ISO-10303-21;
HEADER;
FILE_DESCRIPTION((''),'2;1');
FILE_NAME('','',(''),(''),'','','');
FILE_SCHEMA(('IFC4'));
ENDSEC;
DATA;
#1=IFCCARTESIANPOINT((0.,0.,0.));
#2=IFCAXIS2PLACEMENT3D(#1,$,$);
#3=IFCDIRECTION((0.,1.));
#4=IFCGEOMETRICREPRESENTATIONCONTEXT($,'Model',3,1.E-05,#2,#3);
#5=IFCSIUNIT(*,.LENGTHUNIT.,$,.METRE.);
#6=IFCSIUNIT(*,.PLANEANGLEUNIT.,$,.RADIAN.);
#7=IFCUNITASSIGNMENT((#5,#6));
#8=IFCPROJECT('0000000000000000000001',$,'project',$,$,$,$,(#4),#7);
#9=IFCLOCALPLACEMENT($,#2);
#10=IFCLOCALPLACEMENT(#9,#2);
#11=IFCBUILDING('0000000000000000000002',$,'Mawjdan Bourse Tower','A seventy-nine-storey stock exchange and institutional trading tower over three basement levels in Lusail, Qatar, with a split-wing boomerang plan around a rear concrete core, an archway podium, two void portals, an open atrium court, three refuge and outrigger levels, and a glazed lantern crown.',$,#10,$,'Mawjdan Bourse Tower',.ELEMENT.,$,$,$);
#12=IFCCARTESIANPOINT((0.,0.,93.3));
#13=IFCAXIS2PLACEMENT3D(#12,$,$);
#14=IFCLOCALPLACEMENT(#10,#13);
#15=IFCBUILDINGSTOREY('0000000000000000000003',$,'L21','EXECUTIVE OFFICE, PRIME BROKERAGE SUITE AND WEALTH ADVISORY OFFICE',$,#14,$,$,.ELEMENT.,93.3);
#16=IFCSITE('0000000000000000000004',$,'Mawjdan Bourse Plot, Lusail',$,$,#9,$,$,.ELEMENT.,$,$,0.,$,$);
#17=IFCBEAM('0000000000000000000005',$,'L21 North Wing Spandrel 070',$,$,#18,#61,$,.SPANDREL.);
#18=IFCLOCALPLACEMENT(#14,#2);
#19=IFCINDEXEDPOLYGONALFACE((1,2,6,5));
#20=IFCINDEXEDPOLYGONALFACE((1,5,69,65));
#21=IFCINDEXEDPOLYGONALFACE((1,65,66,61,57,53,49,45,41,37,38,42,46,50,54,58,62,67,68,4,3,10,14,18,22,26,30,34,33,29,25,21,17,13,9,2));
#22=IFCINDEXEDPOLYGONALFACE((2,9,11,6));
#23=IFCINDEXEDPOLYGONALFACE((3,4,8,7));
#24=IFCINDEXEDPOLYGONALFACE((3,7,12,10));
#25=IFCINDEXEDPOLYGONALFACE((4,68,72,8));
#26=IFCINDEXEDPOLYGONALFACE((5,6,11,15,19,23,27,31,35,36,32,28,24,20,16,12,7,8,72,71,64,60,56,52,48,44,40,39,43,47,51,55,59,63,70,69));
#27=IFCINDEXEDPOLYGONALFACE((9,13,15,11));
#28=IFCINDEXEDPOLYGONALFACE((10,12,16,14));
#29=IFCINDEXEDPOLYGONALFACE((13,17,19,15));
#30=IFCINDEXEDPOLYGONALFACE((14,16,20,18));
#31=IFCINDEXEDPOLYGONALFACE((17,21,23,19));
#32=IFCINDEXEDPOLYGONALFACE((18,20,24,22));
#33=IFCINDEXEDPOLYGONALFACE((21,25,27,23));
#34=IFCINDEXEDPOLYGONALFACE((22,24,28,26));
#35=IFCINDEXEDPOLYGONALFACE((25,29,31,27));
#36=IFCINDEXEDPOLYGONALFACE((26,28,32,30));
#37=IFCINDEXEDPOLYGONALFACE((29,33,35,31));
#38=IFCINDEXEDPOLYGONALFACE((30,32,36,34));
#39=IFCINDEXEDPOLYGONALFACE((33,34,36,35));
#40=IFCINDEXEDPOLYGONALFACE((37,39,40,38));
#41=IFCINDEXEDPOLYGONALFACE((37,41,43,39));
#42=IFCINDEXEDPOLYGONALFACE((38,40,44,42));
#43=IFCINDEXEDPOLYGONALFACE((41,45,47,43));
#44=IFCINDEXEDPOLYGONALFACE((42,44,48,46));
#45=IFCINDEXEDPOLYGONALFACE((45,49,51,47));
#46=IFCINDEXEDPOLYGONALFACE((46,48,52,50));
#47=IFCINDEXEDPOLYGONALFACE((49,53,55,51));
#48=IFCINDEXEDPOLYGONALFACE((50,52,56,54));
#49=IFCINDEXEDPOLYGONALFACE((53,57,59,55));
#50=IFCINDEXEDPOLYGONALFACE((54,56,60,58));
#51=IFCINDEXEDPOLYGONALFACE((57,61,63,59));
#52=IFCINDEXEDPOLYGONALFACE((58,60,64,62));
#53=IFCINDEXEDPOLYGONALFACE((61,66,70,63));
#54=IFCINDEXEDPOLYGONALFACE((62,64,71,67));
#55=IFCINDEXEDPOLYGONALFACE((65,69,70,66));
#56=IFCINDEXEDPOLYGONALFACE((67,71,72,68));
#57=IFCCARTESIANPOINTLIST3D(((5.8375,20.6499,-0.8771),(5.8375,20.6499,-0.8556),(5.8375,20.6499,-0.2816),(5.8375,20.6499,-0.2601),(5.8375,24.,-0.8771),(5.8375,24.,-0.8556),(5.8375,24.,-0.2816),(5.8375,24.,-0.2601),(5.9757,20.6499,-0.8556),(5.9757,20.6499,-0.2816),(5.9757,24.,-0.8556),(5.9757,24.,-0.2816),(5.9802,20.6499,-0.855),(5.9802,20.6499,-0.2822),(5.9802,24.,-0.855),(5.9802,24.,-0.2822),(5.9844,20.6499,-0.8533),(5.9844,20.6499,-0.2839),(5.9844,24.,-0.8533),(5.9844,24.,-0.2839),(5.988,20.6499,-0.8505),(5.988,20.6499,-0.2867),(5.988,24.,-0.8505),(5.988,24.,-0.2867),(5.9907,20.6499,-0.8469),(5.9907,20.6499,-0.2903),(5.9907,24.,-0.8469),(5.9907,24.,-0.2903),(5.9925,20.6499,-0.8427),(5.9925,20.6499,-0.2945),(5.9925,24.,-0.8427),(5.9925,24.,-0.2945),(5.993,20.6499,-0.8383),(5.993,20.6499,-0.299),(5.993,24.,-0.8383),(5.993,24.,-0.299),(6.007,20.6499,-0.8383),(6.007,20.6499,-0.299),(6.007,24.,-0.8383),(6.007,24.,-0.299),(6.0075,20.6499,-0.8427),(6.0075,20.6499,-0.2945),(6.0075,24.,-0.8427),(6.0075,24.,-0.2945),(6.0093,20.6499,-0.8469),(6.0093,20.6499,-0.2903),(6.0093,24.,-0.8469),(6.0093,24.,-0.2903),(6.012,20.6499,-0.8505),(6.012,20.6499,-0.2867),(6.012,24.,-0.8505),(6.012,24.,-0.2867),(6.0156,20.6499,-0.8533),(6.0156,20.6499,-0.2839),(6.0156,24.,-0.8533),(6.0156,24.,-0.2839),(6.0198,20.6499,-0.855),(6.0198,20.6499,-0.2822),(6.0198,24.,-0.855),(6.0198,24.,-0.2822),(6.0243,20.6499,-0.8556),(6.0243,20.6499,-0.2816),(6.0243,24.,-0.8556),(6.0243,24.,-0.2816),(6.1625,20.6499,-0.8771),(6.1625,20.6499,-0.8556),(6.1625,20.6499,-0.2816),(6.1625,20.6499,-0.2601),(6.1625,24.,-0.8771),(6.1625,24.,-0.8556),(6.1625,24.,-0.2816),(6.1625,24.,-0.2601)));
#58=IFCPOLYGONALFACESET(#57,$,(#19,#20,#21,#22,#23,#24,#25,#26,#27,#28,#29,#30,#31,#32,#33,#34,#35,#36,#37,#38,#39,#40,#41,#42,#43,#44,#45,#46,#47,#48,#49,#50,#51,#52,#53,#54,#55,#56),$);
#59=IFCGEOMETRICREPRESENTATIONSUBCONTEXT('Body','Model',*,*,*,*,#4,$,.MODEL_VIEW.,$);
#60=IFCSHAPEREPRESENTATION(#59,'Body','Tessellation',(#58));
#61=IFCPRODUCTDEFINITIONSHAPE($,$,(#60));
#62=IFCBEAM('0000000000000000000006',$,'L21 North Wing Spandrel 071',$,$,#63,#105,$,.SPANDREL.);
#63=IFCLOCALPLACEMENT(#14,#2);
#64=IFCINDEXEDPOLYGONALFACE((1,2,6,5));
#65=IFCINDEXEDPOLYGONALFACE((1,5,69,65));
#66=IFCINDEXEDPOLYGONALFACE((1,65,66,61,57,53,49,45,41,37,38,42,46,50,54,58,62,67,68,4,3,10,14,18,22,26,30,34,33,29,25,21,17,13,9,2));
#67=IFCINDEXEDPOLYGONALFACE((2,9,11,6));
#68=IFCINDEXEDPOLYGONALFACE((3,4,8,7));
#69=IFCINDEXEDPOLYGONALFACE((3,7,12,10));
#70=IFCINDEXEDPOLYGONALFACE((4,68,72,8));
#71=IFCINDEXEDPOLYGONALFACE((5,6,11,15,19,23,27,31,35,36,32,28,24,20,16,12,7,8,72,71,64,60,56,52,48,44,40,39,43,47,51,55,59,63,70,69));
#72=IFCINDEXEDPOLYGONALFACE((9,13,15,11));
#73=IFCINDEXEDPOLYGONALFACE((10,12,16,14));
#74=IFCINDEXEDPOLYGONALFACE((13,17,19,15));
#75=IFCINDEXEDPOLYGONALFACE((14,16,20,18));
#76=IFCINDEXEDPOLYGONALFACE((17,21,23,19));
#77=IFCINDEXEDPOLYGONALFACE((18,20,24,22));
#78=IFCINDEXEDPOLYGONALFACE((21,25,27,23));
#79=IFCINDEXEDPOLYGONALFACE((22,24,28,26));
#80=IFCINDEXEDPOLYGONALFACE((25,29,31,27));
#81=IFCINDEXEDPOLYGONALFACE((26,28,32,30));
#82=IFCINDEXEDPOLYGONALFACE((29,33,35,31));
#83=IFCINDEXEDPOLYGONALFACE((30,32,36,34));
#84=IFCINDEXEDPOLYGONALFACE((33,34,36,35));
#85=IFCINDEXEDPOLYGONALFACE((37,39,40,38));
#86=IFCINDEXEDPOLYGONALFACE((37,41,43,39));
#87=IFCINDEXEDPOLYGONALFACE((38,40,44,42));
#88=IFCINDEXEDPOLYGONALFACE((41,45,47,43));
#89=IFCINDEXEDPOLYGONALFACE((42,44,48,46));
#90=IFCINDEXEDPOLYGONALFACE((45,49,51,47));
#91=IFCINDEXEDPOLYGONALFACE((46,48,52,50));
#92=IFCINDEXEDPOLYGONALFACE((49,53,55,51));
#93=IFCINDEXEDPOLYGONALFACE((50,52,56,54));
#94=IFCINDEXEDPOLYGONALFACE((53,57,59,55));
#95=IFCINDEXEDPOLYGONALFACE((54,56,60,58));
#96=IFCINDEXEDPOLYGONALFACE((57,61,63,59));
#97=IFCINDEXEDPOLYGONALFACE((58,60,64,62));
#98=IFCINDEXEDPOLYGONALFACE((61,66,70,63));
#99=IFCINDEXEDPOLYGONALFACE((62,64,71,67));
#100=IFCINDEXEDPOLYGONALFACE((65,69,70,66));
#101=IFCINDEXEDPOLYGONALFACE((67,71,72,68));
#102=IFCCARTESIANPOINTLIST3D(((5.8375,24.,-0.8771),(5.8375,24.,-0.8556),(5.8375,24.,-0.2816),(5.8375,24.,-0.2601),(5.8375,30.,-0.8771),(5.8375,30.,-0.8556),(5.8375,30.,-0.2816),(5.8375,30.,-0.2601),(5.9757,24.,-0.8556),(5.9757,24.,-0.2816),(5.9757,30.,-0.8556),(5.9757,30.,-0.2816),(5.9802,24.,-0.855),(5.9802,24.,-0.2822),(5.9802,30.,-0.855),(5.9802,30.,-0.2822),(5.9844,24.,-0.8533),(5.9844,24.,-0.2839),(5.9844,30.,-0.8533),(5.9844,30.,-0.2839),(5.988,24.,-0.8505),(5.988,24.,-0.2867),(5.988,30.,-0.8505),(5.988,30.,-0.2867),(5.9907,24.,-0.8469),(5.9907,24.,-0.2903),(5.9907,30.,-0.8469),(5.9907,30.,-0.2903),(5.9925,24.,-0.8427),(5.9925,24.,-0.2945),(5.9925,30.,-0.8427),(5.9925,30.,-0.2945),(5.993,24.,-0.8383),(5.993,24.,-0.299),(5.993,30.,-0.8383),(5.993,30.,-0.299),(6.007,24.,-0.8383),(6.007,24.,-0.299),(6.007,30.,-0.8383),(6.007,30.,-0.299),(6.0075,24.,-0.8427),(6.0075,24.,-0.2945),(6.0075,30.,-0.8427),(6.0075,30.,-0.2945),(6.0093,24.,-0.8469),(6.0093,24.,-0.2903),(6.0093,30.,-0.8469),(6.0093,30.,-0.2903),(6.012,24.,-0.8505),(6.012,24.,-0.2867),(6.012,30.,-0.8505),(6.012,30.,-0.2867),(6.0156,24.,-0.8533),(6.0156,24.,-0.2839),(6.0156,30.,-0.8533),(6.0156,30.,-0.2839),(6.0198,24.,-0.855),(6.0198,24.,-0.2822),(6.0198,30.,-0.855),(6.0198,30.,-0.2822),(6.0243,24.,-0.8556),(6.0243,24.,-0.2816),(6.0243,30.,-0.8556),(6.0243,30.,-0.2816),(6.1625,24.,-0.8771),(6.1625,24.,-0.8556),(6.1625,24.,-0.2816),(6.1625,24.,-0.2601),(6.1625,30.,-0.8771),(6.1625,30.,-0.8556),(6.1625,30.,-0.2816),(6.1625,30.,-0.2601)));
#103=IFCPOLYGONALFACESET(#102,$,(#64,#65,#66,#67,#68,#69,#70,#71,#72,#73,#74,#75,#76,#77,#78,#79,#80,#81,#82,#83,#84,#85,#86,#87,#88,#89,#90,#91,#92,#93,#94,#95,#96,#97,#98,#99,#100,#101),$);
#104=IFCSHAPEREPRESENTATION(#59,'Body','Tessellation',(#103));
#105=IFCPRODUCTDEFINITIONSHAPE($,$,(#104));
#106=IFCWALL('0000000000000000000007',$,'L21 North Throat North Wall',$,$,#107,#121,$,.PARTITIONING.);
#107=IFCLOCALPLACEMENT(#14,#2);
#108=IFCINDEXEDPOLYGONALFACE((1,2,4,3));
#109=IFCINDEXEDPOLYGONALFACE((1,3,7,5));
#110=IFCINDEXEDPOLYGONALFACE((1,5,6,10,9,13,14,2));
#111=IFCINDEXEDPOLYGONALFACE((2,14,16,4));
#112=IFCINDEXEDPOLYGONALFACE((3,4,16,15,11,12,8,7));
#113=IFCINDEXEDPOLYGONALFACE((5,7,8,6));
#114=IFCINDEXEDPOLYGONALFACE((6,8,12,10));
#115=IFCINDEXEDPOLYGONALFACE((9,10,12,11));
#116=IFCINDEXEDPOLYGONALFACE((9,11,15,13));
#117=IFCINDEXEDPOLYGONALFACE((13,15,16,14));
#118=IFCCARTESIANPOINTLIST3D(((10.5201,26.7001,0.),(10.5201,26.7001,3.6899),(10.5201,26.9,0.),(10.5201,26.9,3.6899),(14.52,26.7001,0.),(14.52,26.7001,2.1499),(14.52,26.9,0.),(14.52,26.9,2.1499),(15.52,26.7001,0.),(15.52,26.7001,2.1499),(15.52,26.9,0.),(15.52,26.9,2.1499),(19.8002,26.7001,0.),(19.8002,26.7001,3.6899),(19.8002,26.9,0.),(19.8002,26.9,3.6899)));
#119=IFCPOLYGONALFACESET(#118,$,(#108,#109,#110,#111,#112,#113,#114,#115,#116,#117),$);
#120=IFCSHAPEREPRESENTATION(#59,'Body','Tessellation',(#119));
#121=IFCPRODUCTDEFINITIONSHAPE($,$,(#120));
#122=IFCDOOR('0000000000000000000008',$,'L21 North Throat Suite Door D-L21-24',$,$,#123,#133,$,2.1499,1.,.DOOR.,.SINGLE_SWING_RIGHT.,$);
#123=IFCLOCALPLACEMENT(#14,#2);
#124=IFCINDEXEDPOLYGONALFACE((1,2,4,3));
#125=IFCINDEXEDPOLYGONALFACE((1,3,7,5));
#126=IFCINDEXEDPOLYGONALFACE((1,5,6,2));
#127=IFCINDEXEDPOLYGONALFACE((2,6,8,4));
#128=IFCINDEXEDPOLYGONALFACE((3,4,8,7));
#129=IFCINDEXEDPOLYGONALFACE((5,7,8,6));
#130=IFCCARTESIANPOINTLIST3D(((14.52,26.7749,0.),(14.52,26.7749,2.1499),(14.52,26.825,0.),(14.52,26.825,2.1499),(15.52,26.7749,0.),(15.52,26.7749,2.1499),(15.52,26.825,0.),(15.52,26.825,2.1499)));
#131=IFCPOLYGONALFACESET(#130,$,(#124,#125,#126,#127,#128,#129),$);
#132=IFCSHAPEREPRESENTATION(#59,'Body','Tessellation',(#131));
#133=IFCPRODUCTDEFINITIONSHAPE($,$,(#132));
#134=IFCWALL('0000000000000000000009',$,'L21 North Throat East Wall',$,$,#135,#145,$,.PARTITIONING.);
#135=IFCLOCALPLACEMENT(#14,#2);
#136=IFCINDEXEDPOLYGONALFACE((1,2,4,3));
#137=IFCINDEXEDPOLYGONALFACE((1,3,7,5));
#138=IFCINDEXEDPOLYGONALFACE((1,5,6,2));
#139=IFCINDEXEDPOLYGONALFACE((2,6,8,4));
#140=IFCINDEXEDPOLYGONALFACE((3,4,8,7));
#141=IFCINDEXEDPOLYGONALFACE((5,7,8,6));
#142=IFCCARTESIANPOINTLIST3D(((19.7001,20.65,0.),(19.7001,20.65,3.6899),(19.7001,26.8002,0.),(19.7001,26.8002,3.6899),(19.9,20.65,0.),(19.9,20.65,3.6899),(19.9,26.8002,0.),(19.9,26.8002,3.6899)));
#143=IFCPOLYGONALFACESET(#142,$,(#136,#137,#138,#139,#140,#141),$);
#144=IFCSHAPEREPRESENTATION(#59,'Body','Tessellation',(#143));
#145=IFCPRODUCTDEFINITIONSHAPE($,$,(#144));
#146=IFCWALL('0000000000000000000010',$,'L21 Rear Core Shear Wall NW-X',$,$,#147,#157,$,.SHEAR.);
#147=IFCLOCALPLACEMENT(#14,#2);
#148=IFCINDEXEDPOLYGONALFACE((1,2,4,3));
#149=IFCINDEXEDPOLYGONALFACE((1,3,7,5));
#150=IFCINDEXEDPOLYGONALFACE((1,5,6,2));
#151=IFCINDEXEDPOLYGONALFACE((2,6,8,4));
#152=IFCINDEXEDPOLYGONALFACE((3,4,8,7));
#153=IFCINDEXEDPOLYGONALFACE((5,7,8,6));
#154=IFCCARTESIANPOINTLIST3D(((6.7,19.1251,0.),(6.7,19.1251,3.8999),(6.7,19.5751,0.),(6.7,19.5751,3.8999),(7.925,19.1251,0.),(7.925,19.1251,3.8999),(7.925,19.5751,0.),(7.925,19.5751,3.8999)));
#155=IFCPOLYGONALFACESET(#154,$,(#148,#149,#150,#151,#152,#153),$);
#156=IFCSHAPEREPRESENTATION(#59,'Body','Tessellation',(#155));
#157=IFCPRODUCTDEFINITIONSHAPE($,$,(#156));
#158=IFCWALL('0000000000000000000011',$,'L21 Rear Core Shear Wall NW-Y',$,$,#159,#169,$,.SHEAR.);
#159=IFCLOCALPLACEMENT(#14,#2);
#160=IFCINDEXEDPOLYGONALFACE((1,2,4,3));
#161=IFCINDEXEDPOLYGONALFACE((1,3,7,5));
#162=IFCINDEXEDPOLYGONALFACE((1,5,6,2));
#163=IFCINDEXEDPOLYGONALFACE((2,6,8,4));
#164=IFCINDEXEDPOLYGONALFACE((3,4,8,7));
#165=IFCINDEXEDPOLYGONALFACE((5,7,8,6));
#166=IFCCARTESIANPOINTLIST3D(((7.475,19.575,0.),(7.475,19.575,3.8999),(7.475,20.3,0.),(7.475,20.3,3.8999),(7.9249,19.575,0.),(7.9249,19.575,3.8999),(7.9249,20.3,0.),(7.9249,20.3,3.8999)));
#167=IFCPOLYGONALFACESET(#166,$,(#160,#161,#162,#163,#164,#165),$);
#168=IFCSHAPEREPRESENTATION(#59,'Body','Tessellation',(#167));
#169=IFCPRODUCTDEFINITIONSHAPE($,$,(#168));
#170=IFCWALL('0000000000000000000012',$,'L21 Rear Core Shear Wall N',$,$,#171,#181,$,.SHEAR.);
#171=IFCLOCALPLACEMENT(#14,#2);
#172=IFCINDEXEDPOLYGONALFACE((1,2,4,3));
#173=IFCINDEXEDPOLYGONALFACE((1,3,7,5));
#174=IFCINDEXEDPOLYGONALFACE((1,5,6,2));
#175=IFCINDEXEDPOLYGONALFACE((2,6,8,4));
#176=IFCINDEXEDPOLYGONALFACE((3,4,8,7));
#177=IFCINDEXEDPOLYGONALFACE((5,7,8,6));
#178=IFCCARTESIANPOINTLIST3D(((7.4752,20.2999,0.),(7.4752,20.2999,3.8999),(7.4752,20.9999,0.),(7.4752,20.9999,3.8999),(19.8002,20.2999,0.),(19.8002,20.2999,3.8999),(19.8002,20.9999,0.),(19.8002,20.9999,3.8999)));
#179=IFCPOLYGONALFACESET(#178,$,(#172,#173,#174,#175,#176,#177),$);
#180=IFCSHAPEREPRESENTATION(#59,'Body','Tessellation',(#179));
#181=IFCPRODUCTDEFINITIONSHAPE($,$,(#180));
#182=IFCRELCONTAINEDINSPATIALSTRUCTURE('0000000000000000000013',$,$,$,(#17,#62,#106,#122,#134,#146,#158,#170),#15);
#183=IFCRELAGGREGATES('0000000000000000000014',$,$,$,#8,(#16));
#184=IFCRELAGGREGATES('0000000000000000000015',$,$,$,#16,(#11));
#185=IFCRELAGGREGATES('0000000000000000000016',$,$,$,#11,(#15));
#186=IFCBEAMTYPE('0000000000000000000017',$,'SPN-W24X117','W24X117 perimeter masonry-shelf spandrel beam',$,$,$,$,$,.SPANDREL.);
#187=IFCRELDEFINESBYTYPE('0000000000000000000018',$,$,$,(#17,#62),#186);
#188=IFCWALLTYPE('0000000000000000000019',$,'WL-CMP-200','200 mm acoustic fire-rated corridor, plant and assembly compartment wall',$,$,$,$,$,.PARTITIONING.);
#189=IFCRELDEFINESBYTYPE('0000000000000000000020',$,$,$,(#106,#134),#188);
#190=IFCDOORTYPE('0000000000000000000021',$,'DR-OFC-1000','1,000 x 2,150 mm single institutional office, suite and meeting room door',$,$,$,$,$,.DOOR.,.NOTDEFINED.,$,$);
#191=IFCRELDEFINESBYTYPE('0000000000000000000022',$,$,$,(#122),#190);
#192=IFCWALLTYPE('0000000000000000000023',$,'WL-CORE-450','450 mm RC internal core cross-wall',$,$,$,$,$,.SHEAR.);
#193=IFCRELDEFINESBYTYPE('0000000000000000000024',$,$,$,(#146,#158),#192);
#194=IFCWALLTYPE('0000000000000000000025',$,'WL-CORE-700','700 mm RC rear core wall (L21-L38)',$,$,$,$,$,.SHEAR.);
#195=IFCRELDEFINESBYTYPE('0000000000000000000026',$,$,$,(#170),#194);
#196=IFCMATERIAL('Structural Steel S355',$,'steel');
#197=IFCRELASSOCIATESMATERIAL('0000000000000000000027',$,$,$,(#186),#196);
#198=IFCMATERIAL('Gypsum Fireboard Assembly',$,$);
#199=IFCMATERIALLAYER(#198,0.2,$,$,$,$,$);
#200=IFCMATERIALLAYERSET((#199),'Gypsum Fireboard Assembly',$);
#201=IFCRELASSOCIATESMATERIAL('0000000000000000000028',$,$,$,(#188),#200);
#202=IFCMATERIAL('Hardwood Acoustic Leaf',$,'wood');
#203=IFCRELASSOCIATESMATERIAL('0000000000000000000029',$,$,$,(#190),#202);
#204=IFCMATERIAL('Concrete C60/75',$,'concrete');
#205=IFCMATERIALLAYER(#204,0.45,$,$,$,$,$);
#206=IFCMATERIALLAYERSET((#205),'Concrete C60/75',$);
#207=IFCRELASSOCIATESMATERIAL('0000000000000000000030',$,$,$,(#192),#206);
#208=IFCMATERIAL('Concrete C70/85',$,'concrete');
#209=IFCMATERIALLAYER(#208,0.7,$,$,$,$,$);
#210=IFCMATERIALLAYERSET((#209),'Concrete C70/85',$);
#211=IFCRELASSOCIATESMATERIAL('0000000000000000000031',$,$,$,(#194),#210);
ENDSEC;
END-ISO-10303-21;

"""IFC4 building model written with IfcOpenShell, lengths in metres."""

from ifc_helpers import new_model, si_unit, direction, frame, frame_2d, origin, origin_2d, place, context, subcontext, project, spatial, rectangle, i_section, extrude, material, layer, layer_set, material_profile, profile_set, type_object, element, fill, save


model = new_model("IFC4")

# Units and contexts
model_context = context("Model", 3, precision=1e-05, world=origin(), true_north=direction((0.0, 1.0)))
body_context = subcontext(model_context, "Body", "Model", "MODEL_VIEW")
ifc_project = project(units=[si_unit("LENGTHUNIT", "METRE"), si_unit("PLANEANGLEUNIT", "RADIAN")], contexts=[model_context])

# Site, building, storey
site_placement = place(None, origin())
site = spatial("IfcSite", under=ifc_project, at=site_placement, Name="Mawjdan Bourse Plot, Lusail", CompositionType="ELEMENT", RefElevation=0.0)
building_placement = place(site_placement, origin())
building = spatial("IfcBuilding", under=site, at=building_placement, Name="Mawjdan Bourse Tower", Description="A seventy-nine-storey stock exchange and institutional trading tower over three basement levels in Lusail, Qatar, with a split-wing boomerang plan around a rear concrete core, an archway podium, two void portals, an open atrium court, three refuge and outrigger levels, and a glazed lantern crown.", LongName="Mawjdan Bourse Tower", CompositionType="ELEMENT")
storey_placement = place(building_placement, frame((0.0, 0.0, 93.3)))
storey = spatial("IfcBuildingStorey", under=building, at=storey_placement, Name="L21", Description="EXECUTIVE OFFICE, PRIME BROKERAGE SUITE AND WEALTH ADVISORY OFFICE", CompositionType="ELEMENT", Elevation=93.3)

# Shared definitions
ifc_material_1 = material(Name="Concrete C70/85", Category="concrete")

# Beams
ifc_material_2 = material(Name="Structural Steel S355", Category="steel")
ifc_material_profile_1 = material_profile(ifc_material_2, i_section(OverallWidth=0.325, OverallDepth=0.6169, WebThickness=0.0139, FlangeThickness=0.0215, FilletRadius=0.0173, at=origin_2d()), Name="W24X117")
ifc_profile_set_1 = profile_set([ifc_material_profile_1], Name="Structural Steel S355")
beam_type_1 = type_object("IfcBeamType", Name="SPN-W24X117", Description="W24X117 perimeter masonry-shelf spandrel beam", PredefinedType="SPANDREL", material=ifc_profile_set_1)
beam_1_placement = place(storey_placement, frame((6.0, 20.6499, -0.5686), z_axis=(0.0, 1.0, 0.0), x_axis=(-1.0, 0.0, 0.0)))
element("IfcBeam", 1, at=beam_1_placement, inside=storey, type_object=beam_type_1, Name="L21 North Wing Spandrel 070", PredefinedType="SPANDREL", context=body_context, shape_type="SweptSolid", body=[
    extrude(i_section(OverallWidth=0.325, OverallDepth=0.6169, WebThickness=0.0139, FlangeThickness=0.0215, FilletRadius=0.0173, at=origin_2d()), origin(), (0.0, 0.0, 1.0), 3.3501),
])
beam_2_placement = place(storey_placement, frame((6.0, 24.0, -0.5686), z_axis=(0.0, 1.0, 0.0), x_axis=(-1.0, 0.0, 0.0)))
element("IfcBeam", 2, at=beam_2_placement, inside=storey, type_object=beam_type_1, Name="L21 North Wing Spandrel 071", PredefinedType="SPANDREL", context=body_context, shape_type="SweptSolid", body=[
    extrude(i_section(OverallWidth=0.325, OverallDepth=0.6169, WebThickness=0.0139, FlangeThickness=0.0215, FilletRadius=0.0173, at=origin_2d()), origin(), (0.0, 0.0, 1.0), 6.0),
])

# Wall, opening, door
ifc_material_3 = material(Name="Gypsum Fireboard Assembly")
ifc_layer_1 = layer(ifc_material_3, 0.2)
ifc_layer_set_1 = layer_set([ifc_layer_1], Name="Gypsum Fireboard Assembly")
wall_type_1 = type_object("IfcWallType", Name="WL-CMP-200", Description="200 mm acoustic fire-rated corridor, plant and assembly compartment wall", PredefinedType="PARTITIONING", material=ifc_layer_set_1)
wall_1_placement = place(storey_placement, frame((10.52, 26.8, 0.0), z_axis=(0.0, 0.0, 1.0), x_axis=(1.0, 0.0, 0.0)))
wall_1 = element("IfcWall", 3, at=wall_1_placement, inside=storey, type_object=wall_type_1, Name="L21 North Throat North Wall", PredefinedType="PARTITIONING", context=body_context, shape_type="SweptSolid", body=[
    extrude(rectangle(XDim=9.28, YDim=0.2, at=frame_2d((4.6401, 0.0))), origin(), (0.0, 0.0, 1.0), 3.6899),
])
opening_1_placement = place(wall_1_placement, frame((4.0, 0.0, 0.0)))
opening_1 = element("IfcOpeningElement", 4, at=opening_1_placement, cuts=wall_1, PredefinedType="OPENING", context=body_context, shape_type="SweptSolid", body=[
    extrude(rectangle(XDim=1.0, YDim=2.1499, at=frame_2d((0.5, 1.075))), frame((0.0, 0.1099, 0.0), z_axis=(0.0, -1.0, 0.0), x_axis=(1.0, 0.0, 0.0)), (0.0, 0.0, 1.0), 0.22),
])
ifc_material_4 = material(Name="Hardwood Acoustic Leaf", Category="wood")
door_type_1 = type_object("IfcDoorType", Name="DR-OFC-1000", Description="1,000 x 2,150 mm single institutional office, suite and meeting room door", OperationType="NOTDEFINED", PredefinedType="DOOR", material=ifc_material_4)
door_1_placement = place(opening_1_placement, origin())
door_1 = element("IfcDoor", 5, at=door_1_placement, inside=storey, type_object=door_type_1, Name="L21 North Throat Suite Door D-L21-24", OperationType="SINGLE_SWING_RIGHT", OverallHeight=2.1499, OverallWidth=1.0, PredefinedType="DOOR", context=body_context, shape_type="SweptSolid", body=[
    extrude(rectangle(XDim=1.0, YDim=2.1499, at=frame_2d((0.5, 1.075))), frame((0.0, 0.0249, 0.0), z_axis=(0.0, -1.0, 0.0), x_axis=(1.0, 0.0, 0.0)), (0.0, 0.0, 1.0), 0.05),
])
fill(opening_1, door_1)

# Walls
wall_2_placement = place(storey_placement, frame((19.8, 20.6499, 0.0), z_axis=(0.0, 0.0, 1.0), x_axis=(0.0, 1.0, 0.0)))
element("IfcWall", 6, at=wall_2_placement, inside=storey, type_object=wall_type_1, Name="L21 North Throat East Wall", PredefinedType="PARTITIONING", context=body_context, shape_type="SweptSolid", body=[
    extrude(rectangle(XDim=6.1501, YDim=0.2, at=frame_2d((3.0752, 0.0))), origin(), (0.0, 0.0, 1.0), 3.6899),
])
ifc_material_5 = material(Name="Concrete C60/75", Category="concrete")
ifc_layer_2 = layer(ifc_material_5, 0.45)
ifc_layer_set_2 = layer_set([ifc_layer_2], Name="Concrete C60/75")
wall_type_2 = type_object("IfcWallType", Name="WL-CORE-450", Description="450 mm RC internal core cross-wall", PredefinedType="SHEAR", material=ifc_layer_set_2)
wall_3_placement = place(storey_placement, frame((6.7, 19.3501, 0.0), z_axis=(0.0, 0.0, 1.0), x_axis=(1.0, 0.0, 0.0)))
element("IfcWall", 7, at=wall_3_placement, inside=storey, type_object=wall_type_2, Name="L21 Rear Core Shear Wall NW-X", PredefinedType="SHEAR", context=body_context, shape_type="SweptSolid", body=[
    extrude(rectangle(XDim=1.2251, YDim=0.45, at=frame_2d((0.6125, 0.0))), origin(), (0.0, 0.0, 1.0), 3.8999),
])
wall_4_placement = place(storey_placement, frame((7.7, 19.575, 0.0), z_axis=(0.0, 0.0, 1.0), x_axis=(0.0, 1.0, 0.0)))
element("IfcWall", 8, at=wall_4_placement, inside=storey, type_object=wall_type_2, Name="L21 Rear Core Shear Wall NW-Y", PredefinedType="SHEAR", context=body_context, shape_type="SweptSolid", body=[
    extrude(rectangle(XDim=0.7251, YDim=0.45, at=frame_2d((0.3625, 0.0))), origin(), (0.0, 0.0, 1.0), 3.8999),
])
ifc_layer_3 = layer(ifc_material_1, 0.7)
ifc_layer_set_3 = layer_set([ifc_layer_3], Name="Concrete C70/85")
wall_type_3 = type_object("IfcWallType", Name="WL-CORE-700", Description="700 mm RC rear core wall (L21-L38)", PredefinedType="SHEAR", material=ifc_layer_set_3)
wall_5_placement = place(storey_placement, frame((7.4751, 20.6499, 0.0), z_axis=(0.0, 0.0, 1.0), x_axis=(1.0, 0.0, 0.0)))
element("IfcWall", 9, at=wall_5_placement, inside=storey, type_object=wall_type_3, Name="L21 Rear Core Shear Wall N", PredefinedType="SHEAR", context=body_context, shape_type="SweptSolid", body=[
    extrude(rectangle(XDim=12.325, YDim=0.7, at=frame_2d((6.1626, 0.0))), origin(), (0.0, 0.0, 1.0), 3.8999),
])

save(model, "model.ifc")
